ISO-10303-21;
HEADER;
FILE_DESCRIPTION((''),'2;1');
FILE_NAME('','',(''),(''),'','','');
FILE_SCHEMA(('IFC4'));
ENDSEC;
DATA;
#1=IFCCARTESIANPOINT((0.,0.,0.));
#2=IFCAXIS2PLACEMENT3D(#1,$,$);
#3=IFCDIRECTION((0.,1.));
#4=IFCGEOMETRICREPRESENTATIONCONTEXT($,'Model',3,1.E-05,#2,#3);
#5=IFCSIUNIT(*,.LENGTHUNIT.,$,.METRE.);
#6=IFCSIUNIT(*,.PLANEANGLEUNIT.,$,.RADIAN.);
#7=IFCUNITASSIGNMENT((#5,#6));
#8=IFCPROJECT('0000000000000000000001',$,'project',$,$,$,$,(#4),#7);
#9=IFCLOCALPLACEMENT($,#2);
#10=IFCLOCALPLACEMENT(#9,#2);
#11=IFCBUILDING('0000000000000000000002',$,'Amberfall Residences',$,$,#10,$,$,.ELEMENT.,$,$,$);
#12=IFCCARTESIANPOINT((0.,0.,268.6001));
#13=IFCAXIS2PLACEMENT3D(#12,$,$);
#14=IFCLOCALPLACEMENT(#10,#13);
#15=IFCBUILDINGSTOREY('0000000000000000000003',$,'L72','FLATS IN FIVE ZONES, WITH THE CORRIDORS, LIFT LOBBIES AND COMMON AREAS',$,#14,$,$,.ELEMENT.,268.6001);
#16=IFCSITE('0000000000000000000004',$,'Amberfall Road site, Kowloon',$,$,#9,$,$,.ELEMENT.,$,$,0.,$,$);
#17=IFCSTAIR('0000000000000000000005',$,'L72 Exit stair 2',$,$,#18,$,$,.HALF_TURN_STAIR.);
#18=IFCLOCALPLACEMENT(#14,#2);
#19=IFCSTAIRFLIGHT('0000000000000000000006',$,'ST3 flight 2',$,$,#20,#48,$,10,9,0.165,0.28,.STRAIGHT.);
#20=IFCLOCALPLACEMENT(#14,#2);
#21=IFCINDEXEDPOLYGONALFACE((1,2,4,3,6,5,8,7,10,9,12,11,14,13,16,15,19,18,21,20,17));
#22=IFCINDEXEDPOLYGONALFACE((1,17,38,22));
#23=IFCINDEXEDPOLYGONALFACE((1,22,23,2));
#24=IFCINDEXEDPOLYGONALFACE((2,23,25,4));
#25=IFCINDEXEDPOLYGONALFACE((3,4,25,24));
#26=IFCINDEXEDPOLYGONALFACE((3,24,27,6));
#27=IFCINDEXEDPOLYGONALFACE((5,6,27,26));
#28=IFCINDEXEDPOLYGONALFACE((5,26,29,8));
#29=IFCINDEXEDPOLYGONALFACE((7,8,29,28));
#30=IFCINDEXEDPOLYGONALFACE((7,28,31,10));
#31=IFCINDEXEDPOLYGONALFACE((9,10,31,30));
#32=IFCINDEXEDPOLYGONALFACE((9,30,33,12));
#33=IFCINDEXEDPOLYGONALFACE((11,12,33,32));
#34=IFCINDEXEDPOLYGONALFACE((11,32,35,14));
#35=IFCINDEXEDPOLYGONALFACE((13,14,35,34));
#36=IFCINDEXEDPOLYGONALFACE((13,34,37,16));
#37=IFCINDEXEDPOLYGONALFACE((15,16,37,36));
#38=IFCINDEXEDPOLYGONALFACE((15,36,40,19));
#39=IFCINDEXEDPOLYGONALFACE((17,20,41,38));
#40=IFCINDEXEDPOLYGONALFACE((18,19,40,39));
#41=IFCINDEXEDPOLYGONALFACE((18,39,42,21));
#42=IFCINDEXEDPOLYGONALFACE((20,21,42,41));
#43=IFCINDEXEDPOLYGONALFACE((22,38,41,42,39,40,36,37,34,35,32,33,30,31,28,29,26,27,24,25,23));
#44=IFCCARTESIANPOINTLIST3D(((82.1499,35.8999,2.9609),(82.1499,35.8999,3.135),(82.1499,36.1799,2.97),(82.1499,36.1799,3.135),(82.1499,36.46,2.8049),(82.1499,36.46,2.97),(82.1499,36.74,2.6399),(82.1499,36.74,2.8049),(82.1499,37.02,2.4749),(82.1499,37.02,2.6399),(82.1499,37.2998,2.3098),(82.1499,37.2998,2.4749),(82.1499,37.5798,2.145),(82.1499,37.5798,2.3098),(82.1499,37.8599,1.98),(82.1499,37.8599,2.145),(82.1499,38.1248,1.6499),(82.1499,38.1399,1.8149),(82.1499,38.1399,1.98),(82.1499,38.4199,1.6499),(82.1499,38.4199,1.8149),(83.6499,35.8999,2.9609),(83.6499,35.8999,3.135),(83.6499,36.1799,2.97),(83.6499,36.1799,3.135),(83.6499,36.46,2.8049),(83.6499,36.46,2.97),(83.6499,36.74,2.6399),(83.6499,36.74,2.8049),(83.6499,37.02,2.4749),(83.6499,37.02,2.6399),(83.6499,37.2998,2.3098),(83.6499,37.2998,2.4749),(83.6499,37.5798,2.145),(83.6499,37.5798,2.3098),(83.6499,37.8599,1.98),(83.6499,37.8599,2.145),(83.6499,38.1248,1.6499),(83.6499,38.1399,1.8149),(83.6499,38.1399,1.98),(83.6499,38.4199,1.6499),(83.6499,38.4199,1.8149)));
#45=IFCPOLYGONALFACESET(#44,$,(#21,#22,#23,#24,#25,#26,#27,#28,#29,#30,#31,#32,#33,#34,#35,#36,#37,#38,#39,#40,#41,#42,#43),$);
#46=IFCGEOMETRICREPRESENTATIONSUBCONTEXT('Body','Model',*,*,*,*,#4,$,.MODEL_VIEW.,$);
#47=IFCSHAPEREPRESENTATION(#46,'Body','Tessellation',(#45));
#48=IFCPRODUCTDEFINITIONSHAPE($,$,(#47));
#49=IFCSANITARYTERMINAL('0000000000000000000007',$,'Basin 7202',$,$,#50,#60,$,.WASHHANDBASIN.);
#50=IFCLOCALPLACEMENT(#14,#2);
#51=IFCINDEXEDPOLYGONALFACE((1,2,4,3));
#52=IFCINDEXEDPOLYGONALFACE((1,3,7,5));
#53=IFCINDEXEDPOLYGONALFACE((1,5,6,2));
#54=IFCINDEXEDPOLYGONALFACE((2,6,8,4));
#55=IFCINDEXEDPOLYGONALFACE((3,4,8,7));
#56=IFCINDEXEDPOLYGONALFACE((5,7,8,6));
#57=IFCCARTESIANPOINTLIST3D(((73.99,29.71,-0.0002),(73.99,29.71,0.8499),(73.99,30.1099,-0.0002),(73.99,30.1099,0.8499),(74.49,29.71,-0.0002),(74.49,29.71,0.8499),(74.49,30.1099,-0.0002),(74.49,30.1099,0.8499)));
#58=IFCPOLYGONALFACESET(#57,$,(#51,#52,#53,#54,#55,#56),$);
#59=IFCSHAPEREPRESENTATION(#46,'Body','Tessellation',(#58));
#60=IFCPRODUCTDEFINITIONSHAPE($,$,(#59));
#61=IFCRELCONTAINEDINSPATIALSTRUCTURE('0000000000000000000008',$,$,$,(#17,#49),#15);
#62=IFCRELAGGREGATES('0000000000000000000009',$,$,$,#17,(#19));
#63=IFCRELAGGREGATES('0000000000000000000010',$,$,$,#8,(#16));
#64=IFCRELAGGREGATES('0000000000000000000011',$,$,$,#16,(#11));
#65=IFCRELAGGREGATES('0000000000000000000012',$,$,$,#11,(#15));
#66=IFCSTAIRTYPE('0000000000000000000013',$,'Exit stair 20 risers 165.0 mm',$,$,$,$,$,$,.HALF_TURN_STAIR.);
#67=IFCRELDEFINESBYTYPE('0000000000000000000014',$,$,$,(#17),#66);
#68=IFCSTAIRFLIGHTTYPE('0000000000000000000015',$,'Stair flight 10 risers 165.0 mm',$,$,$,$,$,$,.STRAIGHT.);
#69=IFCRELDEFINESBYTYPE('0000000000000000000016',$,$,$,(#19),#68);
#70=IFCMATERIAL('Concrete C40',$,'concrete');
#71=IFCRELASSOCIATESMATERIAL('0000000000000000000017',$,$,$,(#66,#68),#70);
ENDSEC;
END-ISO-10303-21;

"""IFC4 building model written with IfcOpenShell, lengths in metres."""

from ifc_helpers import new_model, si_unit, direction, frame, origin, origin_2d, place, context, subcontext, project, spatial, polyline, rectangle, outline, extrude, material, type_object, element, aggregate, save


model = new_model("IFC4")

# Units and contexts
model_context = context("Model", 3, precision=1e-05, world=origin(), true_north=direction((0.0, 1.0)))
body_context = subcontext(model_context, "Body", "Model", "MODEL_VIEW")
ifc_project = project(units=[si_unit("LENGTHUNIT", "METRE"), si_unit("PLANEANGLEUNIT", "RADIAN")], contexts=[model_context])

# Site, building, storey
site_placement = place(None, origin())
site = spatial("IfcSite", under=ifc_project, at=site_placement, Name="Amberfall Road site, Kowloon", CompositionType="ELEMENT", RefElevation=0.0)
building_placement = place(site_placement, origin())
building = spatial("IfcBuilding", under=site, at=building_placement, Name="Amberfall Residences", CompositionType="ELEMENT")
storey_placement = place(building_placement, frame((0.0, 0.0, 268.6001)))
storey = spatial("IfcBuildingStorey", under=building, at=storey_placement, Name="L72", Description="FLATS IN FIVE ZONES, WITH THE CORRIDORS, LIFT LOBBIES AND COMMON AREAS", CompositionType="ELEMENT", Elevation=268.6001)

# Stair, stair flight
ifc_material_1 = material(Name="Concrete C40", Category="concrete")
stair_type = type_object("IfcStairType", Name="Exit stair 20 risers 165.0 mm", PredefinedType="HALF_TURN_STAIR", material=ifc_material_1)
stair_placement = place(storey_placement, origin())
stair = element("IfcStair", 1, at=stair_placement, inside=storey, type_object=stair_type, Name="L72 Exit stair 2", PredefinedType="HALF_TURN_STAIR")
stair_flight_type = type_object("IfcStairFlightType", Name="Stair flight 10 risers 165.0 mm", PredefinedType="STRAIGHT", material=ifc_material_1)
stair_flight_1_placement = place(storey_placement, frame((82.8999, 38.4199, 1.6499), z_axis=(0.0, 0.0, 1.0), x_axis=(0.0, -1.0, 0.0)))
stair_flight_1 = element("IfcStairFlight", 2, at=stair_flight_1_placement, type_object=stair_flight_type, Name="ST3 flight 2", NumberOfRisers=10, NumberOfTreads=9, PredefinedType="STRAIGHT", RiserHeight=0.165, TreadLength=0.28, context=body_context, shape_type="SweptSolid", body=[
    extrude(outline(polyline([(0.0, 0.0), (0.0, 0.165), (0.28, 0.165), (0.28, 0.3301), (0.5601, 0.3301), (0.5601, 0.4951), (0.8401, 0.4951), (0.8401, 0.6599), (1.1201, 0.6599), (1.1201, 0.825), (1.3999, 0.825), (1.3999, 0.99), (1.6799, 0.99), (1.6799, 1.155), (1.96, 1.155), (1.96, 1.3201), (2.24, 1.3201), (2.24, 1.4851), (2.52, 1.4851), (2.52, 1.6499), (2.52, 1.311), (0.2952, 0.0), (0.0, 0.0)])), frame((0.0, 0.75, 0.0), z_axis=(0.0, -1.0, 0.0), x_axis=(1.0, 0.0, 0.0)), (0.0, 0.0, 1.0), 1.5),
])
aggregate(stair, [stair_flight_1])

# Sanitary terminal
sanitary_terminal_placement = place(storey_placement, frame((74.24, 29.9099, -0.0002), z_axis=(0.0, 0.0, 1.0), x_axis=(1.0, 0.0, 0.0)))
element("IfcSanitaryTerminal", 3, at=sanitary_terminal_placement, inside=storey, Name="Basin 7202", PredefinedType="WASHHANDBASIN", context=body_context, shape_type="SweptSolid", body=[
    extrude(rectangle(XDim=0.5, YDim=0.3999, at=origin_2d()), origin(), (0.0, 0.0, 1.0), 0.8501),
])

save(model, "model.ifc")
